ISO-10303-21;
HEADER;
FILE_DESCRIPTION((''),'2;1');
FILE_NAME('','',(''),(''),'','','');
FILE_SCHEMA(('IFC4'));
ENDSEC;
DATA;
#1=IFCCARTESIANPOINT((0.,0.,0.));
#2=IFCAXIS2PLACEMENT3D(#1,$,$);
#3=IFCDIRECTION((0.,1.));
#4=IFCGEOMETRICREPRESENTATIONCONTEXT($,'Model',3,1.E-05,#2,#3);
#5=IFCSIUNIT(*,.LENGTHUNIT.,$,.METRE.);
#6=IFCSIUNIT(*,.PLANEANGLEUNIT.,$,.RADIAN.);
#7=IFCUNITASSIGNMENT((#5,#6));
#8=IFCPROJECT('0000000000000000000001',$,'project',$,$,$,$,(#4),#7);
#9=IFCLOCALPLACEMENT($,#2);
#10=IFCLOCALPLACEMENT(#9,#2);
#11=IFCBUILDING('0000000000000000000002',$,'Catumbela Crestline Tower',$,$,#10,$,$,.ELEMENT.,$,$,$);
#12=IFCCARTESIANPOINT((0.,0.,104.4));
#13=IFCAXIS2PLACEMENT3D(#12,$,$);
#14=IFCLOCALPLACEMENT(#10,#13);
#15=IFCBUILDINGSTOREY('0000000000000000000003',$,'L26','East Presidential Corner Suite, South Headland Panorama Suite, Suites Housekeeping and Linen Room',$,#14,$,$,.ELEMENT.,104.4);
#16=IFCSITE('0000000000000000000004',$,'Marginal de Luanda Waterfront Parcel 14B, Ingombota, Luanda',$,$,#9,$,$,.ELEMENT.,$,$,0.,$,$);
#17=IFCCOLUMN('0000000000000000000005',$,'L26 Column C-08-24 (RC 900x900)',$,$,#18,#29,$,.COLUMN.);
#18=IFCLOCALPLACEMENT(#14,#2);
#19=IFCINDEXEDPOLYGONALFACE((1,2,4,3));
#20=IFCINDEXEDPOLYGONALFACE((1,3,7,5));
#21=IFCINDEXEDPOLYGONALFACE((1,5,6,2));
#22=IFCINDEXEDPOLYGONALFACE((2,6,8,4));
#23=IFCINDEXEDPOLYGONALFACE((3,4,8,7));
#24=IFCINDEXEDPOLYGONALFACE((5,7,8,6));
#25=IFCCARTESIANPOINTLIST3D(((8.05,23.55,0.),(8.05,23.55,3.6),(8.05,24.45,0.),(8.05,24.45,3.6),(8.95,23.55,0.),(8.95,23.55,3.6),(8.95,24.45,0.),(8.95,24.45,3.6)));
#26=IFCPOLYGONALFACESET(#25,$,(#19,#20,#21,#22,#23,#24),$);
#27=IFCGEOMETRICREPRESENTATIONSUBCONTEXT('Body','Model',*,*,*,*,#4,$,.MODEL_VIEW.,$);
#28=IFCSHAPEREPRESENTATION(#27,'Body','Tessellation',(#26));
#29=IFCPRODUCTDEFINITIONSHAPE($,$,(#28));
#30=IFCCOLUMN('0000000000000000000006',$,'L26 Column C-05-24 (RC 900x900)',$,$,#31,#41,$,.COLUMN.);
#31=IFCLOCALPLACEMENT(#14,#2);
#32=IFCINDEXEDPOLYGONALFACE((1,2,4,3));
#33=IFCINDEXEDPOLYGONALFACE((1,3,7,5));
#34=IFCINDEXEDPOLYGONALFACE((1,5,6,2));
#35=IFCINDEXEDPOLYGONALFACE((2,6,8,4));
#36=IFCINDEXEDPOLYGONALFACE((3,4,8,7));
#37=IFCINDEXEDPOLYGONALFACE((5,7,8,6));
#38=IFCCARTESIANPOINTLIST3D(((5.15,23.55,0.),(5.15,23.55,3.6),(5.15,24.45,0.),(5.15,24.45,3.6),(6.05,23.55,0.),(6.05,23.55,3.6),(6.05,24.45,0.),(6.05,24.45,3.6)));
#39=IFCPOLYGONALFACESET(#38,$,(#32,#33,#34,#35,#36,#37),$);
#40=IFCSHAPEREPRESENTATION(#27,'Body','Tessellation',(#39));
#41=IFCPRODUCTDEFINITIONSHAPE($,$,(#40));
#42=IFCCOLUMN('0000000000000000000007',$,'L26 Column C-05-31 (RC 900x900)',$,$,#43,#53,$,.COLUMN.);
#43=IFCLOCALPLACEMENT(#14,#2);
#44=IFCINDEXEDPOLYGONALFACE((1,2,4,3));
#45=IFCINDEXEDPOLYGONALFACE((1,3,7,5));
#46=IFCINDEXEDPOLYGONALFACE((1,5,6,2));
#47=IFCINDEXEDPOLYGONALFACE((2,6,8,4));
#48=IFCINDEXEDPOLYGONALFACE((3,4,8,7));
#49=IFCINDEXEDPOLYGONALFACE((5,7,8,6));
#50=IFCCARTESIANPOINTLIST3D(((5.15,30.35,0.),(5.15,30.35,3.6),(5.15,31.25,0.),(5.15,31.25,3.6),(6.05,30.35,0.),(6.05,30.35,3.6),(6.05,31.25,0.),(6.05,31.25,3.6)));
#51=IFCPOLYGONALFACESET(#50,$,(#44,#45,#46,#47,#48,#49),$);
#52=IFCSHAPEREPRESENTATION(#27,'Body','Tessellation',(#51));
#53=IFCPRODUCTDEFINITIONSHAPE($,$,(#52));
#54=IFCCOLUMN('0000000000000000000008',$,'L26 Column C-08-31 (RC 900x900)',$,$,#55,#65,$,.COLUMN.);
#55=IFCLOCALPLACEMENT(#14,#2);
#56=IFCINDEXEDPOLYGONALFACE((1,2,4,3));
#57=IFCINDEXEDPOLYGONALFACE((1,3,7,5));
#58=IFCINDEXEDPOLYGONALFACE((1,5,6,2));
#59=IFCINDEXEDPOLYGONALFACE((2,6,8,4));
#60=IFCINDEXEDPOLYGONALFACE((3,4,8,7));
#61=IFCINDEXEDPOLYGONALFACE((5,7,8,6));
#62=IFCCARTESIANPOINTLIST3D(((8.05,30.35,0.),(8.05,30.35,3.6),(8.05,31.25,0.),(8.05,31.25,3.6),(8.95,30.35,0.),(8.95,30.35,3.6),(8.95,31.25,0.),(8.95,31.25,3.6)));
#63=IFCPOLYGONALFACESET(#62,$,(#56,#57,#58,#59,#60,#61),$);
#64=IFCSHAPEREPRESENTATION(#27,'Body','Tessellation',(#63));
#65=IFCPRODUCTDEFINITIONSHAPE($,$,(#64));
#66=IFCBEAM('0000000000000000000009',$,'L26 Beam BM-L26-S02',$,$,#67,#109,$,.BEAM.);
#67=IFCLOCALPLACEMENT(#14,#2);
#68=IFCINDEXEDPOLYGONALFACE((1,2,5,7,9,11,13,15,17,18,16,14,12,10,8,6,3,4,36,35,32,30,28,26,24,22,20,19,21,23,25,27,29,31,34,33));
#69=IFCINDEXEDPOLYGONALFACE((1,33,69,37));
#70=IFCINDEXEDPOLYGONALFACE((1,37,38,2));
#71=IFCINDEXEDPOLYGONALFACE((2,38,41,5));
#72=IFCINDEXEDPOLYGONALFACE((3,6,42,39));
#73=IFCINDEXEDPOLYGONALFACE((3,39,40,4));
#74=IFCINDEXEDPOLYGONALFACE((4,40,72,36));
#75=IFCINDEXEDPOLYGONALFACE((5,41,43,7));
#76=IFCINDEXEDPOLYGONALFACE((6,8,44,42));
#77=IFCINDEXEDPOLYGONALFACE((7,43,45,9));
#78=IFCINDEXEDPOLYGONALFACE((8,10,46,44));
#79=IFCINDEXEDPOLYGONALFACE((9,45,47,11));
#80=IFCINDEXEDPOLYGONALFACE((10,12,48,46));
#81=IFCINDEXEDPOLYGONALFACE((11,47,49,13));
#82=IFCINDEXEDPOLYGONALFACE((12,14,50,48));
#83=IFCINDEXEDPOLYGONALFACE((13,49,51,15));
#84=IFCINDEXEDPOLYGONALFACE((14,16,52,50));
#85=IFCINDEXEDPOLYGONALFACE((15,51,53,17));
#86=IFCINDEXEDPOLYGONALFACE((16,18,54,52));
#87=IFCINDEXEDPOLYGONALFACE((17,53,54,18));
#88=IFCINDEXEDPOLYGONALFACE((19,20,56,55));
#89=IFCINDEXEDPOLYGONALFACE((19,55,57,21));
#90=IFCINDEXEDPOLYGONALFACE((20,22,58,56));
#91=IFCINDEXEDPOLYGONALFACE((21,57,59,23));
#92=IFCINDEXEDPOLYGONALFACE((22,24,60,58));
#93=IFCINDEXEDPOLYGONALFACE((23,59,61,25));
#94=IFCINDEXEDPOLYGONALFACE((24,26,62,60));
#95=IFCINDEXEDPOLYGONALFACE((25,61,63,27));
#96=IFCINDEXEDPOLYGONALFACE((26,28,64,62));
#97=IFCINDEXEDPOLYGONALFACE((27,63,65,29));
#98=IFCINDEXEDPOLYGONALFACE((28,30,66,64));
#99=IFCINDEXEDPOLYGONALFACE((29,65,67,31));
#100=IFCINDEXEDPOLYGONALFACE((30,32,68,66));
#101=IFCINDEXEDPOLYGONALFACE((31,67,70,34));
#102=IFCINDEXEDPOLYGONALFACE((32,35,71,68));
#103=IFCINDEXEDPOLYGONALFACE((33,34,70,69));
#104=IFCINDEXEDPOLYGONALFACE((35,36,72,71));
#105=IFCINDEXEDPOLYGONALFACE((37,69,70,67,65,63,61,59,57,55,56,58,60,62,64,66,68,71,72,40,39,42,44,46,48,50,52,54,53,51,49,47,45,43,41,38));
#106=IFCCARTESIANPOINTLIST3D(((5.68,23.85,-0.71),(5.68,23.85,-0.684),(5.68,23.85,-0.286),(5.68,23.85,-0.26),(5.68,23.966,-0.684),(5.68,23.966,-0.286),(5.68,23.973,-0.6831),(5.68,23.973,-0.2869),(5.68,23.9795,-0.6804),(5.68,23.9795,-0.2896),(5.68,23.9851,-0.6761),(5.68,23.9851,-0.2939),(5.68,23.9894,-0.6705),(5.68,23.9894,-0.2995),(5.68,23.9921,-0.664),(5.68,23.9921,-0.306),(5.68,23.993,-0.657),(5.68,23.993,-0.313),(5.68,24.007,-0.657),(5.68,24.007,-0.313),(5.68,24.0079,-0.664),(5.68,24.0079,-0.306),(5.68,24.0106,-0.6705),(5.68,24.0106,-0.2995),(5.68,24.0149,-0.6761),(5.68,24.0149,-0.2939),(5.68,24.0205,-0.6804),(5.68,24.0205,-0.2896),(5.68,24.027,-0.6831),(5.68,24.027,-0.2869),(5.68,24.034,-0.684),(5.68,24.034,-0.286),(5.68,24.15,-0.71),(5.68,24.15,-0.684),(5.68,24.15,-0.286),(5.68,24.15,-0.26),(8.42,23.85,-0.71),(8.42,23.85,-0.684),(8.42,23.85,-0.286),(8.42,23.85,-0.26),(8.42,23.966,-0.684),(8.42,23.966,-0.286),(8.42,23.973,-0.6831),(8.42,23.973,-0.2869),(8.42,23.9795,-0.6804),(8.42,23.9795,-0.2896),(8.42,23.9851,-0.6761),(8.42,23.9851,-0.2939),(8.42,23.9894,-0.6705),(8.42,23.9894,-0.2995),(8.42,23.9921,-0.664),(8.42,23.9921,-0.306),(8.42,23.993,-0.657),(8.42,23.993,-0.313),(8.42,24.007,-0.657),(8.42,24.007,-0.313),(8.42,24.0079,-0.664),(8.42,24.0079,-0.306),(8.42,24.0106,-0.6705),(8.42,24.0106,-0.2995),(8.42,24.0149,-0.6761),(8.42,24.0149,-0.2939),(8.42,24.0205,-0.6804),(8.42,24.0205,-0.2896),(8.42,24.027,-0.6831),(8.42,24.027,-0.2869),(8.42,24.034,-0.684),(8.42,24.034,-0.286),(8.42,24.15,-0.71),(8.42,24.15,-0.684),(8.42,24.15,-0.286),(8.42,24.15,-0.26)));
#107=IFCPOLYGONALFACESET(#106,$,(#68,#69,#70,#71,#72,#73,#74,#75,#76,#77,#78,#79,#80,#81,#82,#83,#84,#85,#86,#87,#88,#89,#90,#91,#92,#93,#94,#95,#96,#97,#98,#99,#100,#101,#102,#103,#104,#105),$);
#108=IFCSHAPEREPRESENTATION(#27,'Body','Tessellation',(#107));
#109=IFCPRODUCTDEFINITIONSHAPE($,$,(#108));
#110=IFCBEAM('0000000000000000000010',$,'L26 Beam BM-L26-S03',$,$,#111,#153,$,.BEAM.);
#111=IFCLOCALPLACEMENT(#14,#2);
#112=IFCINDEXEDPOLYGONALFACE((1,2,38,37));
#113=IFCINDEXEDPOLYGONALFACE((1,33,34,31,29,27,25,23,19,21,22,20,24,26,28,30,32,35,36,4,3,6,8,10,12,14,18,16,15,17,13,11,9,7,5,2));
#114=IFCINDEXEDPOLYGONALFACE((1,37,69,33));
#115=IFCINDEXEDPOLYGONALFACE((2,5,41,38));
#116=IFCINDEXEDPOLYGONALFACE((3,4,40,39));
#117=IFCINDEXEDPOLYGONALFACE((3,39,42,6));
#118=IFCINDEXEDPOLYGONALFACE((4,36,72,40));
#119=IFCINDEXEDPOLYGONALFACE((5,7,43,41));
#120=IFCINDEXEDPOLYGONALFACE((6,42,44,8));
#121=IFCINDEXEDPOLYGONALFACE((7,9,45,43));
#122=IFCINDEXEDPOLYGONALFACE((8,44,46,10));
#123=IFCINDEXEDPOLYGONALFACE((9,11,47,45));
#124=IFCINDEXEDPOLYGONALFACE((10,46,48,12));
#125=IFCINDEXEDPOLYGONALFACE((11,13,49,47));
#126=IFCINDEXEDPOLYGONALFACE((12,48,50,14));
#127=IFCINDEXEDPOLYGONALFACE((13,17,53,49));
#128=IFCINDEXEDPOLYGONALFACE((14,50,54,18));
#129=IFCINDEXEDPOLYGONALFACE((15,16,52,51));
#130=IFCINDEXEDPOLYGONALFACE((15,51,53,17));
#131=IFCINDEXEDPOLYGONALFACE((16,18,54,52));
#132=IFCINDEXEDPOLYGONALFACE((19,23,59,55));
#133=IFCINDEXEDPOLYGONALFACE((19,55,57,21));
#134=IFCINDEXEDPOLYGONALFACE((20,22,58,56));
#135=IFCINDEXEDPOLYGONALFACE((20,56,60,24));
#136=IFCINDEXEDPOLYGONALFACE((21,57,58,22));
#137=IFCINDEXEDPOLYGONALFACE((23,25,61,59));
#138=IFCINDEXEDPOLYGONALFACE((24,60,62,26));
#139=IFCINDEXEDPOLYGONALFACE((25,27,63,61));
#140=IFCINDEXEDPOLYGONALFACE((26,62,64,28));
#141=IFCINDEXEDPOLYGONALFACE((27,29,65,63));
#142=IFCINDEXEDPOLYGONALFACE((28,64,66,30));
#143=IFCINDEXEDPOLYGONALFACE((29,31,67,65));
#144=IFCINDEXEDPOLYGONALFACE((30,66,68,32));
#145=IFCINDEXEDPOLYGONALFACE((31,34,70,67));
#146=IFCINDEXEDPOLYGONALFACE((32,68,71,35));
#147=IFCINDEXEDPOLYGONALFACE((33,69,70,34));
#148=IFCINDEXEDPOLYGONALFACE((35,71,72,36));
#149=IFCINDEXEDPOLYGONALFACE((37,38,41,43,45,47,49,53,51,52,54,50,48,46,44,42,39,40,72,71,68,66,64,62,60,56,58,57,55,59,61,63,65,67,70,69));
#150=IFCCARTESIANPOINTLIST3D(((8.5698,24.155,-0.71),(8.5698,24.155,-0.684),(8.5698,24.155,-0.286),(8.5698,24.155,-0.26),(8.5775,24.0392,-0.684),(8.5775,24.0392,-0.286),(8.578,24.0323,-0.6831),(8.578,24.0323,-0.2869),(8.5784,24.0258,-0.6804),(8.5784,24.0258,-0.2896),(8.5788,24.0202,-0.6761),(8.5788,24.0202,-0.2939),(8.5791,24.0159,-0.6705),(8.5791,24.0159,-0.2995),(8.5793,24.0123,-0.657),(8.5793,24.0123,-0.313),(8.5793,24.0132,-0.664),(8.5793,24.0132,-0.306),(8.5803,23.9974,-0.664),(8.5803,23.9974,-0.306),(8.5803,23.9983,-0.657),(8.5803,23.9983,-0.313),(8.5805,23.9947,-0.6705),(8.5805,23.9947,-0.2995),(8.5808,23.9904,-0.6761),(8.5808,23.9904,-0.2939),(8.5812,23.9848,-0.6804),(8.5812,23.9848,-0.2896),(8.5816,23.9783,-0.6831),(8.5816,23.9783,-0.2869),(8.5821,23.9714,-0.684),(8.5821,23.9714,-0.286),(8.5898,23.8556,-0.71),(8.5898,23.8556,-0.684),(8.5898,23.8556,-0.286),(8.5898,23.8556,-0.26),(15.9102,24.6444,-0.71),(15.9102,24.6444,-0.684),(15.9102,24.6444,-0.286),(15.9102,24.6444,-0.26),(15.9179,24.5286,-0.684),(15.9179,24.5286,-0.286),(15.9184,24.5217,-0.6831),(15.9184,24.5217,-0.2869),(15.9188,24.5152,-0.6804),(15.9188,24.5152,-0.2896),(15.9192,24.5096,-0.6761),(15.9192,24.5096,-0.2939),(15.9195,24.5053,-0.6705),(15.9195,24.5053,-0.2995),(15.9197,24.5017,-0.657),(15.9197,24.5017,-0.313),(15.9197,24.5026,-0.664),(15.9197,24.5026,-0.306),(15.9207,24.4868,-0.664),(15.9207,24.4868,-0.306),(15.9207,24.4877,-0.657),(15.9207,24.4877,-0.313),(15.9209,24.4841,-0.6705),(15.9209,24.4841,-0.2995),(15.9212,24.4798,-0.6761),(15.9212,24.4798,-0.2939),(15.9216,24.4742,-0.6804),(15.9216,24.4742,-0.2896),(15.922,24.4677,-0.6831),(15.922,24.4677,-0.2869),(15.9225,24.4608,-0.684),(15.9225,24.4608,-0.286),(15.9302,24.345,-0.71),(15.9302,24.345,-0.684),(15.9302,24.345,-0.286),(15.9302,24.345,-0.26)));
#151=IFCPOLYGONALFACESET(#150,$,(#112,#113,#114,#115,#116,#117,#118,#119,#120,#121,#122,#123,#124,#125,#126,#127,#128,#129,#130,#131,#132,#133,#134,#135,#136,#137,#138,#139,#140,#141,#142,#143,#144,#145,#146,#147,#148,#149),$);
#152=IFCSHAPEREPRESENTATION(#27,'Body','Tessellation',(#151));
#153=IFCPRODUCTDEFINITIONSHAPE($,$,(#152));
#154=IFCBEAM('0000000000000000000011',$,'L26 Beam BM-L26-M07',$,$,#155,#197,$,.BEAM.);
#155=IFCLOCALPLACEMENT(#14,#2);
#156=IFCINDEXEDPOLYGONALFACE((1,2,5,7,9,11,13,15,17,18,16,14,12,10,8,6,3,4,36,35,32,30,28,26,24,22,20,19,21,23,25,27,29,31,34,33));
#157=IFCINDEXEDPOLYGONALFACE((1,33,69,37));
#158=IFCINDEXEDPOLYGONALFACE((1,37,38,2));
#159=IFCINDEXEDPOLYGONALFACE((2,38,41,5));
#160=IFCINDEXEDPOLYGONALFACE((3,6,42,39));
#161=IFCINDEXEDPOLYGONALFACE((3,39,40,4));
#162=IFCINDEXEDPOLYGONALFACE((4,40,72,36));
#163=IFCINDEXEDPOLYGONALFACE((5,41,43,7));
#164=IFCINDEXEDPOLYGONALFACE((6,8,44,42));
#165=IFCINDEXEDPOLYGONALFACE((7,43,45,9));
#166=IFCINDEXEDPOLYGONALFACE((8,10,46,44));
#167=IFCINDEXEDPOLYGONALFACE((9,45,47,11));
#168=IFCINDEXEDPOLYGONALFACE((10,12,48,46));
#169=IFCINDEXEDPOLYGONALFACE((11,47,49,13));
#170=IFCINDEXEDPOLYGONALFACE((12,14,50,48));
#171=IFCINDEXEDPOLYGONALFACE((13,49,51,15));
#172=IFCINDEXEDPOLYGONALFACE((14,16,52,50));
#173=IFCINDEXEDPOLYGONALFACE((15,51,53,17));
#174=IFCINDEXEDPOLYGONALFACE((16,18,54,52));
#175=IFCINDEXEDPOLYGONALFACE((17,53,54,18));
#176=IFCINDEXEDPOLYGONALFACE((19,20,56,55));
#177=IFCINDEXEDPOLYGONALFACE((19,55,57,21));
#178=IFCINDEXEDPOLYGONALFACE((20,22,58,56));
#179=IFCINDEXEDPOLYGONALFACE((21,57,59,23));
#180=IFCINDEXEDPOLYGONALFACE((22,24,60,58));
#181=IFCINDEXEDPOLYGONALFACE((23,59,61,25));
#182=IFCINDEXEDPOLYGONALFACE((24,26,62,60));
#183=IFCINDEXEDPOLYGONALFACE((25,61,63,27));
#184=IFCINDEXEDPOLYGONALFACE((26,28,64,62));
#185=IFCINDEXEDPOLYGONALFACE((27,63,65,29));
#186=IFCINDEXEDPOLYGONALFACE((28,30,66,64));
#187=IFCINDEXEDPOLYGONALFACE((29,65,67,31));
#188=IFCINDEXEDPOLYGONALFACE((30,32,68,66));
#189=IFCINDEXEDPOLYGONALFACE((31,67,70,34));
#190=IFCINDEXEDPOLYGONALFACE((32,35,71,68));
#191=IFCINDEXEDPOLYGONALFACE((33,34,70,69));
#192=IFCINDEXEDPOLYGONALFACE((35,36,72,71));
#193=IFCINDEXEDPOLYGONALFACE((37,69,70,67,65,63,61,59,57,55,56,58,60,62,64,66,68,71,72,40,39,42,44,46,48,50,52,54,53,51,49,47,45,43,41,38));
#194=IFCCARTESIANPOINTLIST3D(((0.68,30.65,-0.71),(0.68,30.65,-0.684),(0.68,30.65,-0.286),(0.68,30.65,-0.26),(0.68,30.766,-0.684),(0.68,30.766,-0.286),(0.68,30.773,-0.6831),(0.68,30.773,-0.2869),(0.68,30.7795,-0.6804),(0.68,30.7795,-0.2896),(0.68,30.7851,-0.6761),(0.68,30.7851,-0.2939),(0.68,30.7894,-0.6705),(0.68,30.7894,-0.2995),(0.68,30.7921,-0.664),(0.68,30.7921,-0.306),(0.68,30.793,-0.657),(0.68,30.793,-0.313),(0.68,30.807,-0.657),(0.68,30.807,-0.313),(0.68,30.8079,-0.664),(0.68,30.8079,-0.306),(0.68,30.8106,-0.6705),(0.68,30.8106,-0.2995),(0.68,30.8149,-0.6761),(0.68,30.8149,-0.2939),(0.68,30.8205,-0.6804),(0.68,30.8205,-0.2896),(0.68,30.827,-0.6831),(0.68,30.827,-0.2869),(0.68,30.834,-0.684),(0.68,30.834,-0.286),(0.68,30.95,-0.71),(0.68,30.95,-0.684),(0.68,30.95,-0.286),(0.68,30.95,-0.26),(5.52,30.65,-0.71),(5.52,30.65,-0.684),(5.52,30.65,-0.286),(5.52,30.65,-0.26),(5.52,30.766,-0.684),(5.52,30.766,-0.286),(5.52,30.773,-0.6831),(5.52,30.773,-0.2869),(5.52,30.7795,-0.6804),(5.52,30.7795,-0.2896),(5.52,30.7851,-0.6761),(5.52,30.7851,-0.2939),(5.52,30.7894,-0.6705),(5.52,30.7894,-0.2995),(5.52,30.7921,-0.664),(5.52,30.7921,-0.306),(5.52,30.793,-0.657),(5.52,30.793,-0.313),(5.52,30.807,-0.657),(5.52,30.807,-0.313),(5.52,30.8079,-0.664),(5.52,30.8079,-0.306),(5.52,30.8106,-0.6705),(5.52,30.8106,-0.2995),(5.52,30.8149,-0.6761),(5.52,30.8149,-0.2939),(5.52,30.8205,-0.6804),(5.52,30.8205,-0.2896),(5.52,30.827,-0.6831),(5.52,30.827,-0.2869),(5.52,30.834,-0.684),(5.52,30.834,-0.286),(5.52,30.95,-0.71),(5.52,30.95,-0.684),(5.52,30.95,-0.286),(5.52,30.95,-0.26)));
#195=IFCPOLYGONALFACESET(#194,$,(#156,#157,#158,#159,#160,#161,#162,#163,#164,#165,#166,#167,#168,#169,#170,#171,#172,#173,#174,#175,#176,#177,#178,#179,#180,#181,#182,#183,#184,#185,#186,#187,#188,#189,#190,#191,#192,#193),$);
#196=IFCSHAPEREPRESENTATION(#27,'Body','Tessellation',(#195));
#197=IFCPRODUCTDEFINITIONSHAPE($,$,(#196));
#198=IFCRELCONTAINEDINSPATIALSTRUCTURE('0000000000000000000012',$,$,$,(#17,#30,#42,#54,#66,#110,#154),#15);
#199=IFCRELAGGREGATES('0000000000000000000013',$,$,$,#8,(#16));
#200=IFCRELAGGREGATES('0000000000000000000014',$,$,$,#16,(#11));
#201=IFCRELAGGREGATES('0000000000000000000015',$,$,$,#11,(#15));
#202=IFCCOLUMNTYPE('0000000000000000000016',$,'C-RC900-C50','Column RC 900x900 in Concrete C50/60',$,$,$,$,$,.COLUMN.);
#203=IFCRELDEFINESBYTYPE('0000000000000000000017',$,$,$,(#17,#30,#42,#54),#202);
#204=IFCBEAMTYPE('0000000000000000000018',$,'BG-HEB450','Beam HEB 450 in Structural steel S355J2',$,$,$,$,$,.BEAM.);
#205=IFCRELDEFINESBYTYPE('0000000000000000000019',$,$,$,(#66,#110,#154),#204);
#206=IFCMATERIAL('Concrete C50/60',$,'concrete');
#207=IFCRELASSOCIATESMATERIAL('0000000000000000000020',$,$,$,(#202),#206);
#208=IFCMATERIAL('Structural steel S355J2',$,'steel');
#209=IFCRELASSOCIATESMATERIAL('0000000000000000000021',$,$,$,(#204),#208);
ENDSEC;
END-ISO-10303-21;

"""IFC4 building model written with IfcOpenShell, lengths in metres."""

from ifc_helpers import new_model, si_unit, direction, frame, origin, origin_2d, place, context, subcontext, project, spatial, rectangle, i_section, extrude, material, material_profile, profile_set, type_object, element, save


model = new_model("IFC4")

# Units and contexts
model_context = context("Model", 3, precision=1e-05, world=origin(), true_north=direction((0.0, 1.0)))
body_context = subcontext(model_context, "Body", "Model", "MODEL_VIEW")
ifc_project = project(units=[si_unit("LENGTHUNIT", "METRE"), si_unit("PLANEANGLEUNIT", "RADIAN")], contexts=[model_context])

# Site, building, storey
site_placement = place(None, origin())
site = spatial("IfcSite", under=ifc_project, at=site_placement, Name="Marginal de Luanda Waterfront Parcel 14B, Ingombota, Luanda", CompositionType="ELEMENT", RefElevation=0.0)
building_placement = place(site_placement, origin())
building = spatial("IfcBuilding", under=site, at=building_placement, Name="Catumbela Crestline Tower", CompositionType="ELEMENT")
storey_placement = place(building_placement, frame((0.0, 0.0, 104.4)))
storey = spatial("IfcBuildingStorey", under=building, at=storey_placement, Name="L26", Description="East Presidential Corner Suite, South Headland Panorama Suite, Suites Housekeeping and Linen Room", CompositionType="ELEMENT", Elevation=104.4)

# Columns
ifc_material_1 = material(Name="Concrete C50/60", Category="concrete")
ifc_material_profile_1 = material_profile(ifc_material_1, rectangle(XDim=0.9, YDim=0.9, at=origin_2d()), Name="RC 900x900")
ifc_profile_set_1 = profile_set([ifc_material_profile_1], Name="Concrete C50/60")
column_type = type_object("IfcColumnType", Name="C-RC900-C50", Description="Column RC 900x900 in Concrete C50/60", PredefinedType="COLUMN", material=ifc_profile_set_1)
for number, where, z_axis, x_axis, name in (
    (1, (8.5, 24.0, 0.0), (0.0, 0.0, 1.0), (1.0, 0.0, 0.0), "L26 Column C-08-24 (RC 900x900)"),
    (2, (5.6, 24.0, 0.0), (0.0, 0.0, 1.0), (1.0, 0.0, 0.0), "L26 Column C-05-24 (RC 900x900)"),
    (3, (5.6, 30.8, 0.0), (0.0, 0.0, 1.0), (1.0, 0.0, 0.0), "L26 Column C-05-31 (RC 900x900)"),
    (4, (8.5, 30.8, 0.0), (0.0, 0.0, 1.0), (1.0, 0.0, 0.0), "L26 Column C-08-31 (RC 900x900)"),
):
    element("IfcColumn", number, at=place(storey_placement, frame(where, z_axis=z_axis, x_axis=x_axis)), inside=storey, type_object=column_type, Name=name, PredefinedType="COLUMN", context=body_context, shape_type="SweptSolid", body=[
        extrude(rectangle(XDim=0.9, YDim=0.9, at=origin_2d()), origin(), (0.0, 0.0, 1.0), 3.6),
    ])

# Beams
ifc_material_2 = material(Name="Structural steel S355J2", Category="steel")
ifc_material_profile_2 = material_profile(ifc_material_2, i_section(OverallWidth=0.3, OverallDepth=0.45, WebThickness=0.014, FlangeThickness=0.026, FilletRadius=0.027, at=origin_2d()), Name="HEB 450")
ifc_profile_set_2 = profile_set([ifc_material_profile_2], Name="Structural steel S355J2")
beam_type = type_object("IfcBeamType", Name="BG-HEB450", Description="Beam HEB 450 in Structural steel S355J2", PredefinedType="BEAM", material=ifc_profile_set_2)
beam_1_placement = place(storey_placement, frame((5.68, 24.0, -0.485), z_axis=(1.0, 0.0, 0.0), x_axis=(0.0, 1.0, 0.0)))
element("IfcBeam", 5, at=beam_1_placement, inside=storey, type_object=beam_type, Name="L26 Beam BM-L26-S02", PredefinedType="BEAM", context=body_context, shape_type="SweptSolid", body=[
    extrude(i_section(OverallWidth=0.3, OverallDepth=0.45, WebThickness=0.014, FlangeThickness=0.026, FilletRadius=0.027, at=origin_2d()), origin(), (0.0, 0.0, 1.0), 2.74),
])
beam_2_placement = place(storey_placement, frame((8.5798, 24.0053, -0.485), z_axis=(0.997785, 0.066524, 0.0), x_axis=(-0.066524, 0.997785, 0.0)))
element("IfcBeam", 6, at=beam_2_placement, inside=storey, type_object=beam_type, Name="L26 Beam BM-L26-S03", PredefinedType="BEAM", context=body_context, shape_type="SweptSolid", body=[
    extrude(i_section(OverallWidth=0.3, OverallDepth=0.45, WebThickness=0.014, FlangeThickness=0.026, FilletRadius=0.027, at=origin_2d()), origin(), (0.0, 0.0, 1.0), 7.3567),
])
beam_3_placement = place(storey_placement, frame((0.68, 30.8, -0.485), z_axis=(1.0, 0.0, 0.0), x_axis=(0.0, 1.0, 0.0)))
element("IfcBeam", 7, at=beam_3_placement, inside=storey, type_object=beam_type, Name="L26 Beam BM-L26-M07", PredefinedType="BEAM", context=body_context, shape_type="SweptSolid", body=[
    extrude(i_section(OverallWidth=0.3, OverallDepth=0.45, WebThickness=0.014, FlangeThickness=0.026, FilletRadius=0.027, at=origin_2d()), origin(), (0.0, 0.0, 1.0), 4.84),
])

save(model, "model.ifc")
